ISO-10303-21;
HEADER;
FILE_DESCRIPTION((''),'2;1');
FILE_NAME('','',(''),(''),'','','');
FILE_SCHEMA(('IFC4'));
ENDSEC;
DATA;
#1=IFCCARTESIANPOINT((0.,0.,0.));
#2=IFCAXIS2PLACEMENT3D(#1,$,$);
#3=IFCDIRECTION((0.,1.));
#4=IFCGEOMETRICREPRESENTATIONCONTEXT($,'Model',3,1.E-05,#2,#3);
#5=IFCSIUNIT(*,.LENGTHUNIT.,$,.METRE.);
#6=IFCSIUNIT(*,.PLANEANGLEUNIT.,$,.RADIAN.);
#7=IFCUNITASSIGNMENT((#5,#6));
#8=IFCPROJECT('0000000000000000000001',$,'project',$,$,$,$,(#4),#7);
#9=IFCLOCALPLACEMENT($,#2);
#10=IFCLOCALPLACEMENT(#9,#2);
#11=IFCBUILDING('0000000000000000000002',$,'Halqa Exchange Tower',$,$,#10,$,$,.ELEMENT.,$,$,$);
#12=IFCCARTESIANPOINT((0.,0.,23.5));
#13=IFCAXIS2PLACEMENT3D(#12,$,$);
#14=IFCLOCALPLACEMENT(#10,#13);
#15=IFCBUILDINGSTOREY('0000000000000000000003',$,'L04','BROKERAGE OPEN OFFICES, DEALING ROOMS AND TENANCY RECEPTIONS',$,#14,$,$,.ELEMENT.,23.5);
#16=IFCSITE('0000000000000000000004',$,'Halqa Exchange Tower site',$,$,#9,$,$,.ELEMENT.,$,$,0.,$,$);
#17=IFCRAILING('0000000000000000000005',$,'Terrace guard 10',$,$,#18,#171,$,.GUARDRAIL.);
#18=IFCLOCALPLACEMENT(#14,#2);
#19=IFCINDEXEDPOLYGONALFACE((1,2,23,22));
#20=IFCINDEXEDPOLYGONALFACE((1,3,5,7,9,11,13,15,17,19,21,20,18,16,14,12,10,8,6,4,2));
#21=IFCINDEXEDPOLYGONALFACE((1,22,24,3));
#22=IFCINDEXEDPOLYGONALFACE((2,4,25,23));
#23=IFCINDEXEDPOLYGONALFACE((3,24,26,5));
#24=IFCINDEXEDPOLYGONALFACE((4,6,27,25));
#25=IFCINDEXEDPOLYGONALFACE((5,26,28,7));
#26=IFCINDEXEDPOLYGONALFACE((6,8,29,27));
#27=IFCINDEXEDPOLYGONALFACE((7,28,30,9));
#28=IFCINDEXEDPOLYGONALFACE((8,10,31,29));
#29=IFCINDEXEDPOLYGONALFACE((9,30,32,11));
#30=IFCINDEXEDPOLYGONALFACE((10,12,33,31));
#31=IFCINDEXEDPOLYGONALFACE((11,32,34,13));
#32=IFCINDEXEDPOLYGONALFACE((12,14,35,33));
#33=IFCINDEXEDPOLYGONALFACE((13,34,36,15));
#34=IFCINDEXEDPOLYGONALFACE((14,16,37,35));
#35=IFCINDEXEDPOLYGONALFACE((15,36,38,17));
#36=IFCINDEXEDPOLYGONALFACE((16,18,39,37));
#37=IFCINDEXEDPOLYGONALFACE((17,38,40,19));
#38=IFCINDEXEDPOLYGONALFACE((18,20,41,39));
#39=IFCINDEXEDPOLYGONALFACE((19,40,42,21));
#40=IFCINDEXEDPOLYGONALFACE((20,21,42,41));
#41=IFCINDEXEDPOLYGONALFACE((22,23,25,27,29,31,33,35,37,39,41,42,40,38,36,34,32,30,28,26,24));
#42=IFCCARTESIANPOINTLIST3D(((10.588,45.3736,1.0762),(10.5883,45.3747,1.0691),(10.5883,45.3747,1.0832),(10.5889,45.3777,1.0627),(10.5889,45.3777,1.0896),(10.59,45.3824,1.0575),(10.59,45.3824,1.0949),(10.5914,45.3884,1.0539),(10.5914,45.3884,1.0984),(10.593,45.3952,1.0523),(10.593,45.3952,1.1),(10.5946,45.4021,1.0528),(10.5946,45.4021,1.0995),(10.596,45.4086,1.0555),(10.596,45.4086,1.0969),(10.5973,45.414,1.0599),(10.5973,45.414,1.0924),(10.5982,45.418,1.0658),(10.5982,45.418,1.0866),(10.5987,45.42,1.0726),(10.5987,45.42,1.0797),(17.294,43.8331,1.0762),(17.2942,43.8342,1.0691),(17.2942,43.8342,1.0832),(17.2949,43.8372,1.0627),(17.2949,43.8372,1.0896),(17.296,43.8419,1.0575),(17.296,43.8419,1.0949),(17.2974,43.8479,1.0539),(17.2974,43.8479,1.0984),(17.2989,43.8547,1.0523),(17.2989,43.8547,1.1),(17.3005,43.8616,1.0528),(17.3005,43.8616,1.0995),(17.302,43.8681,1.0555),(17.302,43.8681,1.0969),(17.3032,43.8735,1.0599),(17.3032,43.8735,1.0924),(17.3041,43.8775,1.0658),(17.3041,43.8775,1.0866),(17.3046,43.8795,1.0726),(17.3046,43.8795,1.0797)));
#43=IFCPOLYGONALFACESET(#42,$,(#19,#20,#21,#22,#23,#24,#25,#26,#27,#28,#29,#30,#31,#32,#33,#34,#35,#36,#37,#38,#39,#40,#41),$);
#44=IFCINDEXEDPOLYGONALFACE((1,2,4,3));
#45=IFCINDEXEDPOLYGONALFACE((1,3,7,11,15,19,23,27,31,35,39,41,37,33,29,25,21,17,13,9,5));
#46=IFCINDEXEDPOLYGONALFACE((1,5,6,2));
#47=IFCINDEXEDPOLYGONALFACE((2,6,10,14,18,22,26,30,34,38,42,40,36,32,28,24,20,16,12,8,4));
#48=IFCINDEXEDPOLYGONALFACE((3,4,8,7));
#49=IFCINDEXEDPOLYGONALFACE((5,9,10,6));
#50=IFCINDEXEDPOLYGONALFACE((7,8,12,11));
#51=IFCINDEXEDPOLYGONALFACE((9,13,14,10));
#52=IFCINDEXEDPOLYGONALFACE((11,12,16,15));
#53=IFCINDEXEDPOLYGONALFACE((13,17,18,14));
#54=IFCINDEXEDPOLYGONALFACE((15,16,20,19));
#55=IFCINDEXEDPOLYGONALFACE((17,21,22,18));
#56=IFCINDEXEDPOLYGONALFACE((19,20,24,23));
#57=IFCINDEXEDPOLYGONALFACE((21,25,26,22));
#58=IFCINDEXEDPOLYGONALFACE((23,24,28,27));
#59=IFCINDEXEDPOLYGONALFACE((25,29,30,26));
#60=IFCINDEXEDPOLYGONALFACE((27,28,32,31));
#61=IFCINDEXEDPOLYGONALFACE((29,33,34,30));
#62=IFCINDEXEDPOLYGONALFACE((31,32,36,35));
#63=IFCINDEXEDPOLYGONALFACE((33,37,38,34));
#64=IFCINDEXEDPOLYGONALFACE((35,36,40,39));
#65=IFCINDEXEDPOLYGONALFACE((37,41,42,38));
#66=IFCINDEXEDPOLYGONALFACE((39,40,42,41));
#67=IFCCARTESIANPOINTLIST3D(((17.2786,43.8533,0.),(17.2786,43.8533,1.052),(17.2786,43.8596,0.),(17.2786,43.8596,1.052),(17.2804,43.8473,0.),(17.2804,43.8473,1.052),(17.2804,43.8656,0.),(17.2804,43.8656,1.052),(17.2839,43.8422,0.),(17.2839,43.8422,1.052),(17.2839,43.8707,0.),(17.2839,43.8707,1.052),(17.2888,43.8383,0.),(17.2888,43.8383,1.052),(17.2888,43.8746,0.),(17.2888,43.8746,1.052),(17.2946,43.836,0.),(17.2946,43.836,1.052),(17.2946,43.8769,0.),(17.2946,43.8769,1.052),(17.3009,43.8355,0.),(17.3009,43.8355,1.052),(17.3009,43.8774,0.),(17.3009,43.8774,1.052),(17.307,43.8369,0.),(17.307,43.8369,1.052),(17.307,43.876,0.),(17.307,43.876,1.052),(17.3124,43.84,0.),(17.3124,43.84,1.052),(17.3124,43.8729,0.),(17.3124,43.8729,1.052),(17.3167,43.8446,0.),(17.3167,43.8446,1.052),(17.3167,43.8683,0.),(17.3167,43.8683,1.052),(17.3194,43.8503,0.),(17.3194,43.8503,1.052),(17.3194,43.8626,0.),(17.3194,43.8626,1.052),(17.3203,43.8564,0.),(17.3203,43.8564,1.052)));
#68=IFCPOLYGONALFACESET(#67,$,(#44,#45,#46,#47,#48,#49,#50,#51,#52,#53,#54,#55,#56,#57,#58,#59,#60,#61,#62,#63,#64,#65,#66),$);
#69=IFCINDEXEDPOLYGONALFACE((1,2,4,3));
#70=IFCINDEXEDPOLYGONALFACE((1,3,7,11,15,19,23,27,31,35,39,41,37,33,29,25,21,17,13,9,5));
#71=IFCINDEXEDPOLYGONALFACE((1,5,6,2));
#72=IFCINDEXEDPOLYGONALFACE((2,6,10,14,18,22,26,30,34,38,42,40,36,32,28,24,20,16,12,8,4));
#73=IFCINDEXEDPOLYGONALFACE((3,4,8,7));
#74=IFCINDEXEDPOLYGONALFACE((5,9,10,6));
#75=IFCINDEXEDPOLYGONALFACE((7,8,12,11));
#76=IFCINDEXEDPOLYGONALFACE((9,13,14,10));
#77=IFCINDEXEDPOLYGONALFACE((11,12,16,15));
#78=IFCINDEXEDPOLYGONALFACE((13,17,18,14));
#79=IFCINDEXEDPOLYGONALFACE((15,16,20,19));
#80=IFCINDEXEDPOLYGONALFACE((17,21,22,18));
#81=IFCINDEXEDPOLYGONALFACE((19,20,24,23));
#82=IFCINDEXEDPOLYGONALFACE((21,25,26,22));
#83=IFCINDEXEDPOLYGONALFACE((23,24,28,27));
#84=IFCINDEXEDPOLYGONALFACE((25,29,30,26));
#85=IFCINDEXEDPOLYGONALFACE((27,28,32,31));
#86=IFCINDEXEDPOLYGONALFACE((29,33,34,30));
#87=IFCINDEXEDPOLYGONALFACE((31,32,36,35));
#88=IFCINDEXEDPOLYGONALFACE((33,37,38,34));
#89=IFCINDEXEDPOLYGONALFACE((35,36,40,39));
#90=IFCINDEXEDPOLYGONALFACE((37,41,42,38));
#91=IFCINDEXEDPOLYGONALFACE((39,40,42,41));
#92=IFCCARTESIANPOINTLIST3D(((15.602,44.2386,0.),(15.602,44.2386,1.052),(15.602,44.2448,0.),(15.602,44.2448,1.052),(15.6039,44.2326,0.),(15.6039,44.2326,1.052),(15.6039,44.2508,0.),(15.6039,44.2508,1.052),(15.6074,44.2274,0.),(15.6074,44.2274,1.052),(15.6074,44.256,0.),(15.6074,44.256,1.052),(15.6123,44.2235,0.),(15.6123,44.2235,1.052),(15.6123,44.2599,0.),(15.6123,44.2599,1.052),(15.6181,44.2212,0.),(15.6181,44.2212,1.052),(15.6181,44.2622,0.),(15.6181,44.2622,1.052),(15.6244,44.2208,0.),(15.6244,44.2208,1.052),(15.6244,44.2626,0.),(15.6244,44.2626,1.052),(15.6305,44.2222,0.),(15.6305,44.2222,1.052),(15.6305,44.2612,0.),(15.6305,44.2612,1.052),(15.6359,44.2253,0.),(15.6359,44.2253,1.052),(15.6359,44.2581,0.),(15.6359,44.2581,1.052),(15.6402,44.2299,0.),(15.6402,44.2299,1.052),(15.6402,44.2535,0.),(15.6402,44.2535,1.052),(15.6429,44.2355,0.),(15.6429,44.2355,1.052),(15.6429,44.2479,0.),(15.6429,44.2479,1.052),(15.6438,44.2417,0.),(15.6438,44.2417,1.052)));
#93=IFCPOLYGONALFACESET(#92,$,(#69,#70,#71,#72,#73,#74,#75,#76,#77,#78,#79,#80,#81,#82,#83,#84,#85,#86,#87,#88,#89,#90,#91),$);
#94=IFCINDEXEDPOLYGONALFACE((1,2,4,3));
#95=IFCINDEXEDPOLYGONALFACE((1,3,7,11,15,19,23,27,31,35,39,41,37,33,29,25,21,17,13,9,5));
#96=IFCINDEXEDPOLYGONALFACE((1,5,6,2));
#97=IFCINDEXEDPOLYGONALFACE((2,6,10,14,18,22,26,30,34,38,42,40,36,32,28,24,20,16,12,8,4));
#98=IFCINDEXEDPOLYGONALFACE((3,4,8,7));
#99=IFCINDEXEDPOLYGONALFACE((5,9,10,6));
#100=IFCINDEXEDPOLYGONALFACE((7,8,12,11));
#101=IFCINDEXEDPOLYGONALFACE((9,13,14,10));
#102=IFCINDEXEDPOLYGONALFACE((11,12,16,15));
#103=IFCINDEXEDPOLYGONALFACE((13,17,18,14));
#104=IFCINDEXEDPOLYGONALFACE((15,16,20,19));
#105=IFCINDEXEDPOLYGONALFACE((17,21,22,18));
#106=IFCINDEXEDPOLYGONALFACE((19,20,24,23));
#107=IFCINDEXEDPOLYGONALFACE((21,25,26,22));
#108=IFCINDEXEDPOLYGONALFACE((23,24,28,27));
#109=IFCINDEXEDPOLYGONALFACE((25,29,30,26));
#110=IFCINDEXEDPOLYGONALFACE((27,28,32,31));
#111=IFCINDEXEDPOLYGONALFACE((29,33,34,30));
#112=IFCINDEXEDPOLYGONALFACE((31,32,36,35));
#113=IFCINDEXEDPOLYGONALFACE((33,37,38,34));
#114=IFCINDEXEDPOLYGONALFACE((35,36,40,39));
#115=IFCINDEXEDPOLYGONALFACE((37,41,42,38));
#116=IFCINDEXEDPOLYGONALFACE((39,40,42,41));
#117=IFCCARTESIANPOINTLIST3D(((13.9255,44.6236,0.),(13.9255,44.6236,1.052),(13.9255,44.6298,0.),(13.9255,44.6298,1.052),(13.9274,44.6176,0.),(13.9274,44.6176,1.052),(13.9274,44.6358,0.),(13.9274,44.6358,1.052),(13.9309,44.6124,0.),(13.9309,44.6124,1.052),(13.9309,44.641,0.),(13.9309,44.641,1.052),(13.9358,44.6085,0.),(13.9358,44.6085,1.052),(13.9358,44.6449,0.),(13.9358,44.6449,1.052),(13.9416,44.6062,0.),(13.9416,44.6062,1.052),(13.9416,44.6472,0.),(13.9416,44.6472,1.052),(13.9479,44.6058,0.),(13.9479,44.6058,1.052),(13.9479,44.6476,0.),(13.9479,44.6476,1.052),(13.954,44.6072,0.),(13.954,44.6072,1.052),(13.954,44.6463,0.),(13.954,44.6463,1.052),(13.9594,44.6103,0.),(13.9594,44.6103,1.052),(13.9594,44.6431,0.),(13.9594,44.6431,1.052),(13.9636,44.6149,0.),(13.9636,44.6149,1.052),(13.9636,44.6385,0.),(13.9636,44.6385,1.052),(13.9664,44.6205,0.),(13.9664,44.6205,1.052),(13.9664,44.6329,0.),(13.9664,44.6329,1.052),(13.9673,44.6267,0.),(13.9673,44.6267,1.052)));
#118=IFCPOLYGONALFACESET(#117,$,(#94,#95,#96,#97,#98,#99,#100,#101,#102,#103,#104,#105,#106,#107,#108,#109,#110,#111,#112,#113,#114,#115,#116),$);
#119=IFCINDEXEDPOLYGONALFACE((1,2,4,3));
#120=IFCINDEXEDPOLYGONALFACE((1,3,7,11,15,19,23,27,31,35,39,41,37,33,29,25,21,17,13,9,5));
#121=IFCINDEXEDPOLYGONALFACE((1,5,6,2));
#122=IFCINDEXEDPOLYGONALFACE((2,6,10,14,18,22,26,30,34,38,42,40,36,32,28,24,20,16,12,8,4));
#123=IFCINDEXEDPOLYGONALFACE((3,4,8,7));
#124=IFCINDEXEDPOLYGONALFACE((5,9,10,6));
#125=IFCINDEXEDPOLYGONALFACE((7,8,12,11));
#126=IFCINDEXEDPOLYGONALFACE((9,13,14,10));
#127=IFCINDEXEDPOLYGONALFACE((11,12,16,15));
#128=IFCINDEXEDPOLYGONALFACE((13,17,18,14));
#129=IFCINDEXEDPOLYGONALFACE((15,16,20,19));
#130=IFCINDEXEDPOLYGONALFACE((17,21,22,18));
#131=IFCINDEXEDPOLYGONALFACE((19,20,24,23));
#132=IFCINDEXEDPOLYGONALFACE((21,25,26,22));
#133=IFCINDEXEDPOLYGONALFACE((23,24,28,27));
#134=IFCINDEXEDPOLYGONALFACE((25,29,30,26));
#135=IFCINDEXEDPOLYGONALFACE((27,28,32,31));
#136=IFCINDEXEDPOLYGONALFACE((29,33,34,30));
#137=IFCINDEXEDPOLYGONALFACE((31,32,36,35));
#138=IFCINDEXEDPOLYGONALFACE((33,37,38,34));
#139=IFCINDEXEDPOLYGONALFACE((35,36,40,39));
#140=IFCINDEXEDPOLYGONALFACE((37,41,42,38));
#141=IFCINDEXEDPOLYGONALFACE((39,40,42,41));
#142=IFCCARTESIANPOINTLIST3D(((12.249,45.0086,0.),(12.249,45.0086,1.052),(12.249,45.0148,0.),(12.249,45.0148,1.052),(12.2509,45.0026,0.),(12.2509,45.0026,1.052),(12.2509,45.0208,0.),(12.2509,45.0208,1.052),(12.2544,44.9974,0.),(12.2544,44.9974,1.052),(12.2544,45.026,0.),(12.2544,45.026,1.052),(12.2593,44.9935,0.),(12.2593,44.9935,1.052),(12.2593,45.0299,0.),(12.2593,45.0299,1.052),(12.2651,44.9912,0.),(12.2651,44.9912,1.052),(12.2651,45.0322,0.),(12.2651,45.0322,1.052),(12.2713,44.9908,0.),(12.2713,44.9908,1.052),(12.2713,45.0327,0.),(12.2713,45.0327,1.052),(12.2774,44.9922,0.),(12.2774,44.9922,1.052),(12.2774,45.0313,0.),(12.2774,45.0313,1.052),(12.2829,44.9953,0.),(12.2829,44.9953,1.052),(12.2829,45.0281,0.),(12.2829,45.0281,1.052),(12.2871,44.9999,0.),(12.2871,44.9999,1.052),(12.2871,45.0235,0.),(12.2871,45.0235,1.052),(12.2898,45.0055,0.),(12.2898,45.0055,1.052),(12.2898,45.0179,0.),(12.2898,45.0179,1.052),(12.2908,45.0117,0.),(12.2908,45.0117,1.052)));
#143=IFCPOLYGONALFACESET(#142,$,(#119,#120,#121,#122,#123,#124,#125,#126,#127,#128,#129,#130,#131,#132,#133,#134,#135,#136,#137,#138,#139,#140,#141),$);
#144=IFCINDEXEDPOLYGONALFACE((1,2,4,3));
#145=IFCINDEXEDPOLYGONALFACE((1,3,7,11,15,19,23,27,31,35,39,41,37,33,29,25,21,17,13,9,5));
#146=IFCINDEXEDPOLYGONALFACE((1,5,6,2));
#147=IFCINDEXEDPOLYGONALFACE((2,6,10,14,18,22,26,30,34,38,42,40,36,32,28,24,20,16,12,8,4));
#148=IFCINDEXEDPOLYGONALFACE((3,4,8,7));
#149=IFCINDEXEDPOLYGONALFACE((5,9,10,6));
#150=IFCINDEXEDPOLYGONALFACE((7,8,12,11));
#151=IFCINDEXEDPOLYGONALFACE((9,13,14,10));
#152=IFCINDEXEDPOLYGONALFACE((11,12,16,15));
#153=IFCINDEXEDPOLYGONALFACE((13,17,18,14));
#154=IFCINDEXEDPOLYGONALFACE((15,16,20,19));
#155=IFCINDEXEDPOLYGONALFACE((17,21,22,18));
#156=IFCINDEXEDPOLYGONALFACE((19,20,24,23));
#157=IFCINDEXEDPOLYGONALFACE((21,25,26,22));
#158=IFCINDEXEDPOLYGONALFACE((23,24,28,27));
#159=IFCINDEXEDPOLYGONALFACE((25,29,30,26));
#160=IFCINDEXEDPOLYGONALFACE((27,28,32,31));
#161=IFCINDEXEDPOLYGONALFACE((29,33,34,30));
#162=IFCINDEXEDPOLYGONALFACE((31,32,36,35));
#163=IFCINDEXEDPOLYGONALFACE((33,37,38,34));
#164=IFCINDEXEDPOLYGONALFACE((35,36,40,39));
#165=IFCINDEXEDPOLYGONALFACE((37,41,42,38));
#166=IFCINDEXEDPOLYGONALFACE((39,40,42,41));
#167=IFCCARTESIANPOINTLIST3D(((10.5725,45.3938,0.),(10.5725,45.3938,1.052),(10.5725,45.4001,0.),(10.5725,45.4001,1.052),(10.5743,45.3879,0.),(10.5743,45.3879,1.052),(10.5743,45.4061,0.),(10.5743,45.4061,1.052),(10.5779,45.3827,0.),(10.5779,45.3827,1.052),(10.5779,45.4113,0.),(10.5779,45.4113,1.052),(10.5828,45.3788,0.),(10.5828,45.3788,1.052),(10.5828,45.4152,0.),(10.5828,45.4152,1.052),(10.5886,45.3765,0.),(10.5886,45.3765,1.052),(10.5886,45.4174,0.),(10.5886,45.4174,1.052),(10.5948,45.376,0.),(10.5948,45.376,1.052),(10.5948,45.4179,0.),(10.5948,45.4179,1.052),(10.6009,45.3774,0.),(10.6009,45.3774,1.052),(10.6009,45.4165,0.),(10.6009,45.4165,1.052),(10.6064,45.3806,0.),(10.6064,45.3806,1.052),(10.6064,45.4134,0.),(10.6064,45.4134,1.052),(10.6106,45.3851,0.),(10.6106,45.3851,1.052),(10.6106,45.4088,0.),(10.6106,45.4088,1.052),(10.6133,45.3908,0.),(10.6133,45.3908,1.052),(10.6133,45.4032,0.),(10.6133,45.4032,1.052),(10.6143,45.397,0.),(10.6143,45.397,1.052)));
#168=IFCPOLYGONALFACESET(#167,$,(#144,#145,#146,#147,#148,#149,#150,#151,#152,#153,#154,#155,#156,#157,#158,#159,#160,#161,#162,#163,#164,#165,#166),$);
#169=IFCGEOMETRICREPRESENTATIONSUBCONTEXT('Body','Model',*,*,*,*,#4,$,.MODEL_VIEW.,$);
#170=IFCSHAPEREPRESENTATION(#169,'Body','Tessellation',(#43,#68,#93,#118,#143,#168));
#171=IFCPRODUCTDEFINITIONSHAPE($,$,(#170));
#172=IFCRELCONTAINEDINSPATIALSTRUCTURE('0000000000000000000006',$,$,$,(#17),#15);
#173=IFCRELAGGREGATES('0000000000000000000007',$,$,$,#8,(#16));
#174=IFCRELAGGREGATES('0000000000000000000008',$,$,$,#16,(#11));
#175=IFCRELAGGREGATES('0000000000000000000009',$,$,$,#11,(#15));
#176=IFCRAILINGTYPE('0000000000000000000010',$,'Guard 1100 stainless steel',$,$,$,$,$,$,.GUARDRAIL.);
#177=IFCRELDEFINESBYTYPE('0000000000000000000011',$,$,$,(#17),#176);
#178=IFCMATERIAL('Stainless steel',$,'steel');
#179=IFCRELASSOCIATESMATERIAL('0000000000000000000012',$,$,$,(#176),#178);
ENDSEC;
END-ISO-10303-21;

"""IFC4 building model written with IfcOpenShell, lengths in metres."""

from ifc_helpers import new_model, si_unit, direction, frame, origin, origin_2d, place, context, subcontext, project, spatial, circle, extrude, material, type_object, element, save


model = new_model("IFC4")

# Units and contexts
model_context = context("Model", 3, precision=1e-05, world=origin(), true_north=direction((0.0, 1.0)))
body_context = subcontext(model_context, "Body", "Model", "MODEL_VIEW")
ifc_project = project(units=[si_unit("LENGTHUNIT", "METRE"), si_unit("PLANEANGLEUNIT", "RADIAN")], contexts=[model_context])

# Site, building, storey
site_placement = place(None, origin())
site = spatial("IfcSite", under=ifc_project, at=site_placement, Name="Halqa Exchange Tower site", CompositionType="ELEMENT", RefElevation=0.0)
building_placement = place(site_placement, origin())
building = spatial("IfcBuilding", under=site, at=building_placement, Name="Halqa Exchange Tower", CompositionType="ELEMENT")
storey_placement = place(building_placement, frame((0.0, 0.0, 23.5)))
storey = spatial("IfcBuildingStorey", under=building, at=storey_placement, Name="L04", Description="BROKERAGE OPEN OFFICES, DEALING ROOMS AND TENANCY RECEPTIONS", CompositionType="ELEMENT", Elevation=23.5)

# Railing
ifc_material_1 = material(Name="Stainless steel", Category="steel")
railing_type = type_object("IfcRailingType", Name="Guard 1100 stainless steel", PredefinedType="GUARDRAIL", material=ifc_material_1)
railing_1_placement = place(storey_placement, frame((17.2993, 43.8564, 0.0)))
element("IfcRailing", 1, at=railing_1_placement, inside=storey, type_object=railing_type, Name="Terrace guard 10", PredefinedType="GUARDRAIL", context=body_context, shape_type="SweptSolid", body=[
    extrude(circle(Radius=0.0239, at=origin_2d()), frame((0.0, 0.0, 1.0762), z_axis=(-0.974614, 0.22389, 0.0), x_axis=(-0.22389, -0.974614, 0.0)), (0.0, 0.0, 1.0), 6.8806),
    extrude(circle(Radius=0.021, at=origin_2d()), origin(), (0.0, 0.0, 1.0), 1.052),
    extrude(circle(Radius=0.021, at=origin_2d()), frame((-1.6765, 0.3853, 0.0)), (0.0, 0.0, 1.0), 1.052),
    extrude(circle(Radius=0.021, at=origin_2d()), frame((-3.353, 0.7703, 0.0)), (0.0, 0.0, 1.0), 1.052),
    extrude(circle(Radius=0.021, at=origin_2d()), frame((-5.0295, 1.1553, 0.0)), (0.0, 0.0, 1.0), 1.052),
    extrude(circle(Radius=0.021, at=origin_2d()), frame((-6.7061, 1.5405, 0.0)), (0.0, 0.0, 1.0), 1.052),
])

save(model, "model.ifc")
